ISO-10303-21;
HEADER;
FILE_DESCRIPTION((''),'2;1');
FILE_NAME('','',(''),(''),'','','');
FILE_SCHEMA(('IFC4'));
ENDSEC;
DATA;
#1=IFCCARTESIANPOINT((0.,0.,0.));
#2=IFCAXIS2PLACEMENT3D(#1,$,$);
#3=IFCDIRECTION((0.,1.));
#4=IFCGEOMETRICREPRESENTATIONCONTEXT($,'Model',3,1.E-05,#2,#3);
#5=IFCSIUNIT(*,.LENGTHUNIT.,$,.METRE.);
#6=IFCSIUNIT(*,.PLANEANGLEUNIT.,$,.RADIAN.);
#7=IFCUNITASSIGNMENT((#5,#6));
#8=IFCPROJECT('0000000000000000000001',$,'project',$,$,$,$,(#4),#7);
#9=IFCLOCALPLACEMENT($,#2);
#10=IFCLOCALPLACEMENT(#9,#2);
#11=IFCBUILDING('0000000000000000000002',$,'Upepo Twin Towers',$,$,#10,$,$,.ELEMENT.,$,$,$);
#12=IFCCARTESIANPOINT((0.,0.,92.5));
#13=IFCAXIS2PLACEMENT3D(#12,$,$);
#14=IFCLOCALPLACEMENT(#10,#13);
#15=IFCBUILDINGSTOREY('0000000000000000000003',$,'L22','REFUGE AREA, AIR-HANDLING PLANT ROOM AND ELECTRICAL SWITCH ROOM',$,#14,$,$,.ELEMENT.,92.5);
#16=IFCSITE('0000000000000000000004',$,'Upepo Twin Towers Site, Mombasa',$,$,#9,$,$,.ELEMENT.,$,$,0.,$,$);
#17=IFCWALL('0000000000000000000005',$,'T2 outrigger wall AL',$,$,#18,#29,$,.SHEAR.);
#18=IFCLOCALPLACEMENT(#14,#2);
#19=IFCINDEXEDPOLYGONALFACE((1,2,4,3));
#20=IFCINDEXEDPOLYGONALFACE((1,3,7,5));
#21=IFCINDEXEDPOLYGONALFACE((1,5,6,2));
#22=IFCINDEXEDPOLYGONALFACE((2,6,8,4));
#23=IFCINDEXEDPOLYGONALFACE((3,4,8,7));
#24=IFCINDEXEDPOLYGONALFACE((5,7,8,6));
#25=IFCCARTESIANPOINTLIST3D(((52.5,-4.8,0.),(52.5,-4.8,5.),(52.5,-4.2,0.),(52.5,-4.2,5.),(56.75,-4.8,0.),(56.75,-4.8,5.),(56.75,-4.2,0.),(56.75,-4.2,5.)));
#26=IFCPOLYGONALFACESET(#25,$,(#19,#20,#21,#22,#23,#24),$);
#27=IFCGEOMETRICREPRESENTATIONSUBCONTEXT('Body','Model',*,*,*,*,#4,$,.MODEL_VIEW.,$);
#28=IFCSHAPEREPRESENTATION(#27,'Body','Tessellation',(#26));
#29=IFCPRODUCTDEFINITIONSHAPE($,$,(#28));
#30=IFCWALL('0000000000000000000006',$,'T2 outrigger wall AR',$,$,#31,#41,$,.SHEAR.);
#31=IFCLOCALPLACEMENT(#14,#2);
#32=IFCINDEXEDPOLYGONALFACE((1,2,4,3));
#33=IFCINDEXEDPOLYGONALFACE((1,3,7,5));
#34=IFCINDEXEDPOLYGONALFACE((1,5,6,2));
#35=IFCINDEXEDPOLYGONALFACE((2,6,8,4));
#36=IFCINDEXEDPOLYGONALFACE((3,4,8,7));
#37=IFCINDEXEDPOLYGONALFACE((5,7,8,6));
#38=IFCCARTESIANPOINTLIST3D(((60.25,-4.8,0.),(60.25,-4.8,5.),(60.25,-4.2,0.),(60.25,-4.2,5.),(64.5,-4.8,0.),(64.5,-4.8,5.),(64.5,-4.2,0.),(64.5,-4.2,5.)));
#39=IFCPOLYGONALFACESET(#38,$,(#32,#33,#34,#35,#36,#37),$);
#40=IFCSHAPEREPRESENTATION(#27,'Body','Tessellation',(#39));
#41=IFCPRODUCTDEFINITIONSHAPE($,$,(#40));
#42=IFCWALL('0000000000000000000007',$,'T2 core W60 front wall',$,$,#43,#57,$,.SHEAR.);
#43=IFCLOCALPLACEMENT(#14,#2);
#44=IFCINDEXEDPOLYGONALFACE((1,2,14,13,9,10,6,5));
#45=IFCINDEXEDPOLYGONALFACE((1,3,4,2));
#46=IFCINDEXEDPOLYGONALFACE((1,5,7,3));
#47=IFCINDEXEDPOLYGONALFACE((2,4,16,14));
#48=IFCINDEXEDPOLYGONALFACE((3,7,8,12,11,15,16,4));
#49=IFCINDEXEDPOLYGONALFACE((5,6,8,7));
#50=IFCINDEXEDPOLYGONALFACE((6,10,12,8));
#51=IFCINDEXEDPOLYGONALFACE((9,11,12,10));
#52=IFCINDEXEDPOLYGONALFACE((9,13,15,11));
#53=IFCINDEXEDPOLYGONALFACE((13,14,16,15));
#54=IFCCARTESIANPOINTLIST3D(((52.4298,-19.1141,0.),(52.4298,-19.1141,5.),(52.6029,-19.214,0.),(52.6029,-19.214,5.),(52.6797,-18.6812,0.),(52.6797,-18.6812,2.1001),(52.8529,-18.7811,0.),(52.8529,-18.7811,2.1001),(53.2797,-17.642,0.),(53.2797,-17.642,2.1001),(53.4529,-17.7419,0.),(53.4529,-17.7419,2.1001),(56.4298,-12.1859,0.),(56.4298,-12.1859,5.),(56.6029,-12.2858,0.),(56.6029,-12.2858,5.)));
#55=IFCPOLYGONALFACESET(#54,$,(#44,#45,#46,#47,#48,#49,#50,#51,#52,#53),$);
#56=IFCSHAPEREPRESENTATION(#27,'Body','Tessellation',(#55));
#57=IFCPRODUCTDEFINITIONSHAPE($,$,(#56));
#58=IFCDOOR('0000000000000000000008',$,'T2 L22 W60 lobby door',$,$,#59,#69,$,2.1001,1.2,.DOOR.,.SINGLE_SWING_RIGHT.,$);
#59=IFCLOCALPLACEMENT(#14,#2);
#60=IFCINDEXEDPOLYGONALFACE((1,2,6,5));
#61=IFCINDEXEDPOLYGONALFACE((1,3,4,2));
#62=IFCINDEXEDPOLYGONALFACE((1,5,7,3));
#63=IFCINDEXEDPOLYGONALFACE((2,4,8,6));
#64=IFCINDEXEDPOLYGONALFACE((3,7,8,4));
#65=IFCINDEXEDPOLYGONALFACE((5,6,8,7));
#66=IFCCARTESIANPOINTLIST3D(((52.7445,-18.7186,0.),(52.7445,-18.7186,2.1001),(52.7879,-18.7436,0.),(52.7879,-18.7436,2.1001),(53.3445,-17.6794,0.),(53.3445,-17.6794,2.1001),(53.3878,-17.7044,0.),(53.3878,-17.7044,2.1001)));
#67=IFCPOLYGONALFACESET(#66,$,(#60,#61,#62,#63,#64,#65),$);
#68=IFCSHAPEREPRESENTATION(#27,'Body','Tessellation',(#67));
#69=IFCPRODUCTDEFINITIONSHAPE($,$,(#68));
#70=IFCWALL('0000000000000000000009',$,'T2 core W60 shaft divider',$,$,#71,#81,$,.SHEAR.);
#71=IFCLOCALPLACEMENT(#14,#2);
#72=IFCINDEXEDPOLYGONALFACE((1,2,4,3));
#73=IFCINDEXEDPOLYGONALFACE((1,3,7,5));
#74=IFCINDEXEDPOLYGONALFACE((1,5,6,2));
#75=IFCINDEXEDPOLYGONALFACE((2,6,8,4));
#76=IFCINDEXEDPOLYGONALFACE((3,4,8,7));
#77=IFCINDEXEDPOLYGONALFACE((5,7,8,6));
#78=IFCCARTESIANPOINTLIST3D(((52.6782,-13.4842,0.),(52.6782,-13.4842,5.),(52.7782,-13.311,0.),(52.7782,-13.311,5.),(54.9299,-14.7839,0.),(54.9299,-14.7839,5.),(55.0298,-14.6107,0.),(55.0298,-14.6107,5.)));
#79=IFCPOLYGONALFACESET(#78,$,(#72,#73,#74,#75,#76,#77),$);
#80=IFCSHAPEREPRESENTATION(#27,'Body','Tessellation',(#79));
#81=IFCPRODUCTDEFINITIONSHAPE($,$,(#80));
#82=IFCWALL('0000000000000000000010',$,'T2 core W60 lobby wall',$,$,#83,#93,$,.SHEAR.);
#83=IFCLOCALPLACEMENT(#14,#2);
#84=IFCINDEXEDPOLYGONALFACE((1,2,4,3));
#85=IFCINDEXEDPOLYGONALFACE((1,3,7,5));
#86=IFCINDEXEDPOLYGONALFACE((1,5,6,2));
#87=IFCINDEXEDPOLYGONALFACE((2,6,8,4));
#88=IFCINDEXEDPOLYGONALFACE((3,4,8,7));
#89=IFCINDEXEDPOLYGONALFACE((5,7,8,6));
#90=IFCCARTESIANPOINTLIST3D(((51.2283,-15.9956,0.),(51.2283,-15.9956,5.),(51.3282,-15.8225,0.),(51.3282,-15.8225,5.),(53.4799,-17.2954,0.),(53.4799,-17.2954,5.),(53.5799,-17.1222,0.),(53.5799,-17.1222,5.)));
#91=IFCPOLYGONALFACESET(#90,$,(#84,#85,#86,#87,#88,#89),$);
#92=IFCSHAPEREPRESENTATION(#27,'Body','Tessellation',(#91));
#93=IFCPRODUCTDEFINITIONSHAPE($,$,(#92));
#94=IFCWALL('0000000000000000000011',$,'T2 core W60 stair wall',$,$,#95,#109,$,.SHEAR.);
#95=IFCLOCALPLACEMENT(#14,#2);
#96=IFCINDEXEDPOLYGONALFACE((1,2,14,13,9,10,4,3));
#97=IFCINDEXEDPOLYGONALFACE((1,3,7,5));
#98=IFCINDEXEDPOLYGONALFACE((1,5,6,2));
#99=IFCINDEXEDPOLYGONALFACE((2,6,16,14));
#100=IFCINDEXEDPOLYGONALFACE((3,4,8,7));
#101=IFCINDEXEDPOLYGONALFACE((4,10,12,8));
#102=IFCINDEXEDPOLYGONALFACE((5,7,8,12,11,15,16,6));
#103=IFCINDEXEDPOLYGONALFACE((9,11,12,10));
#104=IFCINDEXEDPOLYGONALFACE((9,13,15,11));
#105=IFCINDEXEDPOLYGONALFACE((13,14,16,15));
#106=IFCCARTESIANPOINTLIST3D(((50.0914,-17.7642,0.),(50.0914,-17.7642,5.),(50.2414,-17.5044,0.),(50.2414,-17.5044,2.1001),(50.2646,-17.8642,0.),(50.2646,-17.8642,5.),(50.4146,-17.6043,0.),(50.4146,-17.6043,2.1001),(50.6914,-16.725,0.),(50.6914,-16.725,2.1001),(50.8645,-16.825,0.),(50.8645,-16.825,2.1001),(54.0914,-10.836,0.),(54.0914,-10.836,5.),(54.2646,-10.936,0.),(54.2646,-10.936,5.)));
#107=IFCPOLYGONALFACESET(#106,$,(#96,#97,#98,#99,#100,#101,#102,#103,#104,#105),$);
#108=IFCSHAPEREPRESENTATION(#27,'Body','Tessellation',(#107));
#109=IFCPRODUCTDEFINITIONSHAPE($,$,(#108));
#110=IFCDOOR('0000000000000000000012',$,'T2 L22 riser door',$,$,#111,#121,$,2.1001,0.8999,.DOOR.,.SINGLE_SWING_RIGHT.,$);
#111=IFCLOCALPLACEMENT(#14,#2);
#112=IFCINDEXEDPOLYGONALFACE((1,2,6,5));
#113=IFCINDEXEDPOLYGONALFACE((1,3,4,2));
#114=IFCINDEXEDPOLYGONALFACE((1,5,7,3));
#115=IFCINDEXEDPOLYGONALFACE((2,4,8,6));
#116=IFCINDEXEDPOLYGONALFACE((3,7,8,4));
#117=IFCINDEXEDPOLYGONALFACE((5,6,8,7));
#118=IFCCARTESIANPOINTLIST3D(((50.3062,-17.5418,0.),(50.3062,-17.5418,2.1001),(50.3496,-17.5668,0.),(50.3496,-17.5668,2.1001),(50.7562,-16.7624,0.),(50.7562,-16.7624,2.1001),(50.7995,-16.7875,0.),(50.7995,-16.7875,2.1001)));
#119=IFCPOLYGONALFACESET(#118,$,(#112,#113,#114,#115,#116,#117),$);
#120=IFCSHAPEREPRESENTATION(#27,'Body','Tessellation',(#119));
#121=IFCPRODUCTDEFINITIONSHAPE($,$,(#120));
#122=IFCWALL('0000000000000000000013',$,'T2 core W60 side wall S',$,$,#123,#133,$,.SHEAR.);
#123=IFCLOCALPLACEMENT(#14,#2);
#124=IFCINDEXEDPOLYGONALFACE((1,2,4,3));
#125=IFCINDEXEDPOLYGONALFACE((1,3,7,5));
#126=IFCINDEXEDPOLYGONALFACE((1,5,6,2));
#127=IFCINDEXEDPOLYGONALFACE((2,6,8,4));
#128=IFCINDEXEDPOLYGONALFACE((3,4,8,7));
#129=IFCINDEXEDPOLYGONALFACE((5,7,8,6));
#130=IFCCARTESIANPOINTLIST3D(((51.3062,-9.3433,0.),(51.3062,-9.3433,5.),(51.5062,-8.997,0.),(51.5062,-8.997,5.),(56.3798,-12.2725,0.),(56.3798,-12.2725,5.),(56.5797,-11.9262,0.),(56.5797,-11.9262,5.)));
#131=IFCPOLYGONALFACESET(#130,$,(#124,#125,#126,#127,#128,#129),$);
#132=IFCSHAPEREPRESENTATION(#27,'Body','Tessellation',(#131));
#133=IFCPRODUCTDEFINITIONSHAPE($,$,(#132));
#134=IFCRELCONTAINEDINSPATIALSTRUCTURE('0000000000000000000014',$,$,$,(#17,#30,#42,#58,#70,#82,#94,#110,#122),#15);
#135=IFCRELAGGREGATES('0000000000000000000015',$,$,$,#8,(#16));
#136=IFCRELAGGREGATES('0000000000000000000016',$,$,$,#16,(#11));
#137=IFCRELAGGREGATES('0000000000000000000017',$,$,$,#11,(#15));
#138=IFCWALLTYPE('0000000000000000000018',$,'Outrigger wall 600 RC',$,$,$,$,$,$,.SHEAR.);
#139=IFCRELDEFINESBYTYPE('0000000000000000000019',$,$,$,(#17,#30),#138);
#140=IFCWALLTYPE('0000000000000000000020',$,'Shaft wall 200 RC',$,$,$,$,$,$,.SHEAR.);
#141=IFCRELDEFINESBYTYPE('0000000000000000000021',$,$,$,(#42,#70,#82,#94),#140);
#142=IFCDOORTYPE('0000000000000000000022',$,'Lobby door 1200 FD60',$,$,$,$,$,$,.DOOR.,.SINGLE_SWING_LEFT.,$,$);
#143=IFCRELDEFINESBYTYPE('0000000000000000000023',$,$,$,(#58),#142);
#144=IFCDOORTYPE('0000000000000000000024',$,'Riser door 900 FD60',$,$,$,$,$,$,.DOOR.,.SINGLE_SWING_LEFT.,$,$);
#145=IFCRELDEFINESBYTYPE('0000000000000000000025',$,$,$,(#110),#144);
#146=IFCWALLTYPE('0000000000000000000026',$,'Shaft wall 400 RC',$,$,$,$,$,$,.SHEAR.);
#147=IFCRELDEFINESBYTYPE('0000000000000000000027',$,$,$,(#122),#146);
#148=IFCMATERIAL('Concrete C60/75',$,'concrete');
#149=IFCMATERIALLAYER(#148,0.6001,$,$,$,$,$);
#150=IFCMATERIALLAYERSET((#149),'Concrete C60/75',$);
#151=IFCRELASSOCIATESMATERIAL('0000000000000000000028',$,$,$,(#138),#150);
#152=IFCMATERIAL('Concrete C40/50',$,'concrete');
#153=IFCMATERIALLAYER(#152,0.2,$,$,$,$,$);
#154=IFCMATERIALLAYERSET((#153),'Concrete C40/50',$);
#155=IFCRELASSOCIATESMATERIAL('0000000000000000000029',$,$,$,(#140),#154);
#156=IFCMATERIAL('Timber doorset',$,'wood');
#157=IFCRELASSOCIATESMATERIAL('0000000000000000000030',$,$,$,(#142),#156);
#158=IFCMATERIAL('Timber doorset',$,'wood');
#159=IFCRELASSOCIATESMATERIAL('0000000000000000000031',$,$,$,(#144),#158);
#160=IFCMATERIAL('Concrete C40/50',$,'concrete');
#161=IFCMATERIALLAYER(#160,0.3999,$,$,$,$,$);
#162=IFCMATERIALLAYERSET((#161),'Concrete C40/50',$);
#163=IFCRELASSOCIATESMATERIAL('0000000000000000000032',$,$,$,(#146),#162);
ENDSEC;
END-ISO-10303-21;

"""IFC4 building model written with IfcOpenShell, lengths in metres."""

from ifc_helpers import new_model, si_unit, direction, frame, frame_2d, origin, place, context, subcontext, project, spatial, rectangle, extrude, material, layer, layer_set, type_object, element, fill, save


model = new_model("IFC4")

# Units and contexts
model_context = context("Model", 3, precision=1e-05, world=origin(), true_north=direction((0.0, 1.0)))
body_context = subcontext(model_context, "Body", "Model", "MODEL_VIEW")
ifc_project = project(units=[si_unit("LENGTHUNIT", "METRE"), si_unit("PLANEANGLEUNIT", "RADIAN")], contexts=[model_context])

# Site, building, storey
site_placement = place(None, origin())
site = spatial("IfcSite", under=ifc_project, at=site_placement, Name="Upepo Twin Towers Site, Mombasa", CompositionType="ELEMENT", RefElevation=0.0)
building_placement = place(site_placement, origin())
building = spatial("IfcBuilding", under=site, at=building_placement, Name="Upepo Twin Towers", CompositionType="ELEMENT")
storey_placement = place(building_placement, frame((0.0, 0.0, 92.5)))
storey = spatial("IfcBuildingStorey", under=building, at=storey_placement, Name="L22", Description="REFUGE AREA, AIR-HANDLING PLANT ROOM AND ELECTRICAL SWITCH ROOM", CompositionType="ELEMENT", Elevation=92.5)

# Walls
ifc_material_1 = material(Name="Concrete C60/75", Category="concrete")
ifc_layer_1 = layer(ifc_material_1, 0.6001)
ifc_layer_set_1 = layer_set([ifc_layer_1], Name="Concrete C60/75")
wall_type_1 = type_object("IfcWallType", Name="Outrigger wall 600 RC", PredefinedType="SHEAR", material=ifc_layer_set_1)
for number, where, z_axis, x_axis, name in (
    (1, (56.75, -4.5, 0.0), (0.0, 0.0, 1.0), (-1.0, 0.0, 0.0), "T2 outrigger wall AL"),
    (2, (60.25, -4.5, 0.0), (0.0, 0.0, 1.0), (1.0, 0.0, 0.0), "T2 outrigger wall AR"),
):
    element("IfcWall", number, at=place(storey_placement, frame(where, z_axis=z_axis, x_axis=x_axis)), inside=storey, type_object=wall_type_1, Name=name, PredefinedType="SHEAR", context=body_context, shape_type="SweptSolid", body=[
        extrude(rectangle(XDim=4.25, YDim=0.6001, at=frame_2d((2.125, 0.0))), origin(), (0.0, 0.0, 1.0), 5.0),
    ])

# Wall, opening, door
ifc_material_2 = material(Name="Concrete C40/50", Category="concrete")
ifc_layer_2 = layer(ifc_material_2, 0.2)
ifc_layer_set_2 = layer_set([ifc_layer_2], Name="Concrete C40/50")
wall_type_2 = type_object("IfcWallType", Name="Shaft wall 200 RC", PredefinedType="SHEAR", material=ifc_layer_set_2)
wall_1_placement = place(storey_placement, frame((56.5164, -12.2358, 0.0), z_axis=(0.0, 0.0, 1.0), x_axis=(-0.499999, -0.866026, 0.0)))
wall_1 = element("IfcWall", 3, at=wall_1_placement, inside=storey, type_object=wall_type_2, Name="T2 core W60 front wall", PredefinedType="SHEAR", context=body_context, shape_type="SweptSolid", body=[
    extrude(rectangle(XDim=8.0, YDim=0.2, at=frame_2d((4.0, 0.0))), origin(), (0.0, 0.0, 1.0), 5.0),
])
opening_1_placement = place(wall_1_placement, frame((6.3, 0.0, 0.0)))
opening_1 = element("IfcOpeningElement", 4, at=opening_1_placement, cuts=wall_1, PredefinedType="OPENING", context=body_context, shape_type="SweptSolid", body=[
    extrude(rectangle(XDim=1.2, YDim=2.1001, at=frame_2d((0.6001, 1.05))), frame((0.0, 0.1099, 0.0), z_axis=(0.0, -1.0, 0.0), x_axis=(1.0, 0.0, 0.0)), (0.0, 0.0, 1.0), 0.22),
])
ifc_material_3 = material(Name="Timber doorset", Category="wood")
door_type_1 = type_object("IfcDoorType", Name="Lobby door 1200 FD60", OperationType="SINGLE_SWING_LEFT", PredefinedType="DOOR", material=ifc_material_3)
door_1_placement = place(opening_1_placement, origin())
door_1 = element("IfcDoor", 5, at=door_1_placement, inside=storey, type_object=door_type_1, Name="T2 L22 W60 lobby door", OperationType="SINGLE_SWING_RIGHT", OverallHeight=2.1001, OverallWidth=1.2, PredefinedType="DOOR", context=body_context, shape_type="SweptSolid", body=[
    extrude(rectangle(XDim=1.2, YDim=2.1001, at=frame_2d((0.6001, 1.05))), frame((0.0, 0.0249, 0.0), z_axis=(0.0, -1.0, 0.0), x_axis=(1.0, 0.0, 0.0)), (0.0, 0.0, 1.0), 0.05),
])
fill(opening_1, door_1)

# Walls
for number, where, z_axis, x_axis, name in (
    (6, (54.9797, -14.6973, 0.0), (0.0, 0.0, 1.0), (-0.866062, 0.499937, 0.0), "T2 core W60 shaft divider"),
    (7, (53.5298, -17.2087, 0.0), (0.0, 0.0, 1.0), (-0.866062, 0.499937, 0.0), "T2 core W60 lobby wall"),
):
    element("IfcWall", number, at=place(storey_placement, frame(where, z_axis=z_axis, x_axis=x_axis)), inside=storey, type_object=wall_type_2, Name=name, PredefinedType="SHEAR", context=body_context, shape_type="SweptSolid", body=[
        extrude(rectangle(XDim=2.5999, YDim=0.2, at=frame_2d((1.2998, 0.0))), origin(), (0.0, 0.0, 1.0), 5.0),
    ])

# Wall, opening, door
wall_2_placement = place(storey_placement, frame((54.178, -10.886, 0.0), z_axis=(0.0, 0.0, 1.0), x_axis=(-0.499999, -0.866026, 0.0)))
wall_2 = element("IfcWall", 8, at=wall_2_placement, inside=storey, type_object=wall_type_2, Name="T2 core W60 stair wall", PredefinedType="SHEAR", context=body_context, shape_type="SweptSolid", body=[
    extrude(rectangle(XDim=8.0, YDim=0.2, at=frame_2d((4.0, 0.0))), origin(), (0.0, 0.0, 1.0), 5.0),
])
opening_2_placement = place(wall_2_placement, frame((6.8, 0.0, 0.0)))
opening_2 = element("IfcOpeningElement", 9, at=opening_2_placement, cuts=wall_2, PredefinedType="OPENING", context=body_context, shape_type="SweptSolid", body=[
    extrude(rectangle(XDim=0.8999, YDim=2.1001, at=frame_2d((0.45, 1.05))), frame((0.0, 0.1099, 0.0), z_axis=(0.0, -1.0, 0.0), x_axis=(1.0, 0.0, 0.0)), (0.0, 0.0, 1.0), 0.22),
])
ifc_material_4 = material(Name="Timber doorset", Category="wood")
door_type_2 = type_object("IfcDoorType", Name="Riser door 900 FD60", OperationType="SINGLE_SWING_LEFT", PredefinedType="DOOR", material=ifc_material_4)
door_2_placement = place(opening_2_placement, origin())
door_2 = element("IfcDoor", 10, at=door_2_placement, inside=storey, type_object=door_type_2, Name="T2 L22 riser door", OperationType="SINGLE_SWING_RIGHT", OverallHeight=2.1001, OverallWidth=0.8999, PredefinedType="DOOR", context=body_context, shape_type="SweptSolid", body=[
    extrude(rectangle(XDim=0.8999, YDim=2.1001, at=frame_2d((0.45, 1.05))), frame((0.0, 0.0249, 0.0), z_axis=(0.0, -1.0, 0.0), x_axis=(1.0, 0.0, 0.0)), (0.0, 0.0, 1.0), 0.05),
])
fill(opening_2, door_2)

# Wall
ifc_material_5 = material(Name="Concrete C40/50", Category="concrete")
ifc_layer_3 = layer(ifc_material_5, 0.3999)
ifc_layer_set_3 = layer_set([ifc_layer_3], Name="Concrete C40/50")
wall_type_3 = type_object("IfcWallType", Name="Shaft wall 400 RC", PredefinedType="SHEAR", material=ifc_layer_set_3)
wall_3_placement = place(storey_placement, frame((56.4797, -12.0994, 0.0), z_axis=(0.0, 0.0, 1.0), x_axis=(-0.866024, 0.500003, 0.0)))
element("IfcWall", 11, at=wall_3_placement, inside=storey, type_object=wall_type_3, Name="T2 core W60 side wall S", PredefinedType="SHEAR", context=body_context, shape_type="SweptSolid", body=[
    extrude(rectangle(XDim=5.8584, YDim=0.3999, at=frame_2d((2.9292, 0.0))), origin(), (0.0, 0.0, 1.0), 5.0),
])

save(model, "model.ifc")
